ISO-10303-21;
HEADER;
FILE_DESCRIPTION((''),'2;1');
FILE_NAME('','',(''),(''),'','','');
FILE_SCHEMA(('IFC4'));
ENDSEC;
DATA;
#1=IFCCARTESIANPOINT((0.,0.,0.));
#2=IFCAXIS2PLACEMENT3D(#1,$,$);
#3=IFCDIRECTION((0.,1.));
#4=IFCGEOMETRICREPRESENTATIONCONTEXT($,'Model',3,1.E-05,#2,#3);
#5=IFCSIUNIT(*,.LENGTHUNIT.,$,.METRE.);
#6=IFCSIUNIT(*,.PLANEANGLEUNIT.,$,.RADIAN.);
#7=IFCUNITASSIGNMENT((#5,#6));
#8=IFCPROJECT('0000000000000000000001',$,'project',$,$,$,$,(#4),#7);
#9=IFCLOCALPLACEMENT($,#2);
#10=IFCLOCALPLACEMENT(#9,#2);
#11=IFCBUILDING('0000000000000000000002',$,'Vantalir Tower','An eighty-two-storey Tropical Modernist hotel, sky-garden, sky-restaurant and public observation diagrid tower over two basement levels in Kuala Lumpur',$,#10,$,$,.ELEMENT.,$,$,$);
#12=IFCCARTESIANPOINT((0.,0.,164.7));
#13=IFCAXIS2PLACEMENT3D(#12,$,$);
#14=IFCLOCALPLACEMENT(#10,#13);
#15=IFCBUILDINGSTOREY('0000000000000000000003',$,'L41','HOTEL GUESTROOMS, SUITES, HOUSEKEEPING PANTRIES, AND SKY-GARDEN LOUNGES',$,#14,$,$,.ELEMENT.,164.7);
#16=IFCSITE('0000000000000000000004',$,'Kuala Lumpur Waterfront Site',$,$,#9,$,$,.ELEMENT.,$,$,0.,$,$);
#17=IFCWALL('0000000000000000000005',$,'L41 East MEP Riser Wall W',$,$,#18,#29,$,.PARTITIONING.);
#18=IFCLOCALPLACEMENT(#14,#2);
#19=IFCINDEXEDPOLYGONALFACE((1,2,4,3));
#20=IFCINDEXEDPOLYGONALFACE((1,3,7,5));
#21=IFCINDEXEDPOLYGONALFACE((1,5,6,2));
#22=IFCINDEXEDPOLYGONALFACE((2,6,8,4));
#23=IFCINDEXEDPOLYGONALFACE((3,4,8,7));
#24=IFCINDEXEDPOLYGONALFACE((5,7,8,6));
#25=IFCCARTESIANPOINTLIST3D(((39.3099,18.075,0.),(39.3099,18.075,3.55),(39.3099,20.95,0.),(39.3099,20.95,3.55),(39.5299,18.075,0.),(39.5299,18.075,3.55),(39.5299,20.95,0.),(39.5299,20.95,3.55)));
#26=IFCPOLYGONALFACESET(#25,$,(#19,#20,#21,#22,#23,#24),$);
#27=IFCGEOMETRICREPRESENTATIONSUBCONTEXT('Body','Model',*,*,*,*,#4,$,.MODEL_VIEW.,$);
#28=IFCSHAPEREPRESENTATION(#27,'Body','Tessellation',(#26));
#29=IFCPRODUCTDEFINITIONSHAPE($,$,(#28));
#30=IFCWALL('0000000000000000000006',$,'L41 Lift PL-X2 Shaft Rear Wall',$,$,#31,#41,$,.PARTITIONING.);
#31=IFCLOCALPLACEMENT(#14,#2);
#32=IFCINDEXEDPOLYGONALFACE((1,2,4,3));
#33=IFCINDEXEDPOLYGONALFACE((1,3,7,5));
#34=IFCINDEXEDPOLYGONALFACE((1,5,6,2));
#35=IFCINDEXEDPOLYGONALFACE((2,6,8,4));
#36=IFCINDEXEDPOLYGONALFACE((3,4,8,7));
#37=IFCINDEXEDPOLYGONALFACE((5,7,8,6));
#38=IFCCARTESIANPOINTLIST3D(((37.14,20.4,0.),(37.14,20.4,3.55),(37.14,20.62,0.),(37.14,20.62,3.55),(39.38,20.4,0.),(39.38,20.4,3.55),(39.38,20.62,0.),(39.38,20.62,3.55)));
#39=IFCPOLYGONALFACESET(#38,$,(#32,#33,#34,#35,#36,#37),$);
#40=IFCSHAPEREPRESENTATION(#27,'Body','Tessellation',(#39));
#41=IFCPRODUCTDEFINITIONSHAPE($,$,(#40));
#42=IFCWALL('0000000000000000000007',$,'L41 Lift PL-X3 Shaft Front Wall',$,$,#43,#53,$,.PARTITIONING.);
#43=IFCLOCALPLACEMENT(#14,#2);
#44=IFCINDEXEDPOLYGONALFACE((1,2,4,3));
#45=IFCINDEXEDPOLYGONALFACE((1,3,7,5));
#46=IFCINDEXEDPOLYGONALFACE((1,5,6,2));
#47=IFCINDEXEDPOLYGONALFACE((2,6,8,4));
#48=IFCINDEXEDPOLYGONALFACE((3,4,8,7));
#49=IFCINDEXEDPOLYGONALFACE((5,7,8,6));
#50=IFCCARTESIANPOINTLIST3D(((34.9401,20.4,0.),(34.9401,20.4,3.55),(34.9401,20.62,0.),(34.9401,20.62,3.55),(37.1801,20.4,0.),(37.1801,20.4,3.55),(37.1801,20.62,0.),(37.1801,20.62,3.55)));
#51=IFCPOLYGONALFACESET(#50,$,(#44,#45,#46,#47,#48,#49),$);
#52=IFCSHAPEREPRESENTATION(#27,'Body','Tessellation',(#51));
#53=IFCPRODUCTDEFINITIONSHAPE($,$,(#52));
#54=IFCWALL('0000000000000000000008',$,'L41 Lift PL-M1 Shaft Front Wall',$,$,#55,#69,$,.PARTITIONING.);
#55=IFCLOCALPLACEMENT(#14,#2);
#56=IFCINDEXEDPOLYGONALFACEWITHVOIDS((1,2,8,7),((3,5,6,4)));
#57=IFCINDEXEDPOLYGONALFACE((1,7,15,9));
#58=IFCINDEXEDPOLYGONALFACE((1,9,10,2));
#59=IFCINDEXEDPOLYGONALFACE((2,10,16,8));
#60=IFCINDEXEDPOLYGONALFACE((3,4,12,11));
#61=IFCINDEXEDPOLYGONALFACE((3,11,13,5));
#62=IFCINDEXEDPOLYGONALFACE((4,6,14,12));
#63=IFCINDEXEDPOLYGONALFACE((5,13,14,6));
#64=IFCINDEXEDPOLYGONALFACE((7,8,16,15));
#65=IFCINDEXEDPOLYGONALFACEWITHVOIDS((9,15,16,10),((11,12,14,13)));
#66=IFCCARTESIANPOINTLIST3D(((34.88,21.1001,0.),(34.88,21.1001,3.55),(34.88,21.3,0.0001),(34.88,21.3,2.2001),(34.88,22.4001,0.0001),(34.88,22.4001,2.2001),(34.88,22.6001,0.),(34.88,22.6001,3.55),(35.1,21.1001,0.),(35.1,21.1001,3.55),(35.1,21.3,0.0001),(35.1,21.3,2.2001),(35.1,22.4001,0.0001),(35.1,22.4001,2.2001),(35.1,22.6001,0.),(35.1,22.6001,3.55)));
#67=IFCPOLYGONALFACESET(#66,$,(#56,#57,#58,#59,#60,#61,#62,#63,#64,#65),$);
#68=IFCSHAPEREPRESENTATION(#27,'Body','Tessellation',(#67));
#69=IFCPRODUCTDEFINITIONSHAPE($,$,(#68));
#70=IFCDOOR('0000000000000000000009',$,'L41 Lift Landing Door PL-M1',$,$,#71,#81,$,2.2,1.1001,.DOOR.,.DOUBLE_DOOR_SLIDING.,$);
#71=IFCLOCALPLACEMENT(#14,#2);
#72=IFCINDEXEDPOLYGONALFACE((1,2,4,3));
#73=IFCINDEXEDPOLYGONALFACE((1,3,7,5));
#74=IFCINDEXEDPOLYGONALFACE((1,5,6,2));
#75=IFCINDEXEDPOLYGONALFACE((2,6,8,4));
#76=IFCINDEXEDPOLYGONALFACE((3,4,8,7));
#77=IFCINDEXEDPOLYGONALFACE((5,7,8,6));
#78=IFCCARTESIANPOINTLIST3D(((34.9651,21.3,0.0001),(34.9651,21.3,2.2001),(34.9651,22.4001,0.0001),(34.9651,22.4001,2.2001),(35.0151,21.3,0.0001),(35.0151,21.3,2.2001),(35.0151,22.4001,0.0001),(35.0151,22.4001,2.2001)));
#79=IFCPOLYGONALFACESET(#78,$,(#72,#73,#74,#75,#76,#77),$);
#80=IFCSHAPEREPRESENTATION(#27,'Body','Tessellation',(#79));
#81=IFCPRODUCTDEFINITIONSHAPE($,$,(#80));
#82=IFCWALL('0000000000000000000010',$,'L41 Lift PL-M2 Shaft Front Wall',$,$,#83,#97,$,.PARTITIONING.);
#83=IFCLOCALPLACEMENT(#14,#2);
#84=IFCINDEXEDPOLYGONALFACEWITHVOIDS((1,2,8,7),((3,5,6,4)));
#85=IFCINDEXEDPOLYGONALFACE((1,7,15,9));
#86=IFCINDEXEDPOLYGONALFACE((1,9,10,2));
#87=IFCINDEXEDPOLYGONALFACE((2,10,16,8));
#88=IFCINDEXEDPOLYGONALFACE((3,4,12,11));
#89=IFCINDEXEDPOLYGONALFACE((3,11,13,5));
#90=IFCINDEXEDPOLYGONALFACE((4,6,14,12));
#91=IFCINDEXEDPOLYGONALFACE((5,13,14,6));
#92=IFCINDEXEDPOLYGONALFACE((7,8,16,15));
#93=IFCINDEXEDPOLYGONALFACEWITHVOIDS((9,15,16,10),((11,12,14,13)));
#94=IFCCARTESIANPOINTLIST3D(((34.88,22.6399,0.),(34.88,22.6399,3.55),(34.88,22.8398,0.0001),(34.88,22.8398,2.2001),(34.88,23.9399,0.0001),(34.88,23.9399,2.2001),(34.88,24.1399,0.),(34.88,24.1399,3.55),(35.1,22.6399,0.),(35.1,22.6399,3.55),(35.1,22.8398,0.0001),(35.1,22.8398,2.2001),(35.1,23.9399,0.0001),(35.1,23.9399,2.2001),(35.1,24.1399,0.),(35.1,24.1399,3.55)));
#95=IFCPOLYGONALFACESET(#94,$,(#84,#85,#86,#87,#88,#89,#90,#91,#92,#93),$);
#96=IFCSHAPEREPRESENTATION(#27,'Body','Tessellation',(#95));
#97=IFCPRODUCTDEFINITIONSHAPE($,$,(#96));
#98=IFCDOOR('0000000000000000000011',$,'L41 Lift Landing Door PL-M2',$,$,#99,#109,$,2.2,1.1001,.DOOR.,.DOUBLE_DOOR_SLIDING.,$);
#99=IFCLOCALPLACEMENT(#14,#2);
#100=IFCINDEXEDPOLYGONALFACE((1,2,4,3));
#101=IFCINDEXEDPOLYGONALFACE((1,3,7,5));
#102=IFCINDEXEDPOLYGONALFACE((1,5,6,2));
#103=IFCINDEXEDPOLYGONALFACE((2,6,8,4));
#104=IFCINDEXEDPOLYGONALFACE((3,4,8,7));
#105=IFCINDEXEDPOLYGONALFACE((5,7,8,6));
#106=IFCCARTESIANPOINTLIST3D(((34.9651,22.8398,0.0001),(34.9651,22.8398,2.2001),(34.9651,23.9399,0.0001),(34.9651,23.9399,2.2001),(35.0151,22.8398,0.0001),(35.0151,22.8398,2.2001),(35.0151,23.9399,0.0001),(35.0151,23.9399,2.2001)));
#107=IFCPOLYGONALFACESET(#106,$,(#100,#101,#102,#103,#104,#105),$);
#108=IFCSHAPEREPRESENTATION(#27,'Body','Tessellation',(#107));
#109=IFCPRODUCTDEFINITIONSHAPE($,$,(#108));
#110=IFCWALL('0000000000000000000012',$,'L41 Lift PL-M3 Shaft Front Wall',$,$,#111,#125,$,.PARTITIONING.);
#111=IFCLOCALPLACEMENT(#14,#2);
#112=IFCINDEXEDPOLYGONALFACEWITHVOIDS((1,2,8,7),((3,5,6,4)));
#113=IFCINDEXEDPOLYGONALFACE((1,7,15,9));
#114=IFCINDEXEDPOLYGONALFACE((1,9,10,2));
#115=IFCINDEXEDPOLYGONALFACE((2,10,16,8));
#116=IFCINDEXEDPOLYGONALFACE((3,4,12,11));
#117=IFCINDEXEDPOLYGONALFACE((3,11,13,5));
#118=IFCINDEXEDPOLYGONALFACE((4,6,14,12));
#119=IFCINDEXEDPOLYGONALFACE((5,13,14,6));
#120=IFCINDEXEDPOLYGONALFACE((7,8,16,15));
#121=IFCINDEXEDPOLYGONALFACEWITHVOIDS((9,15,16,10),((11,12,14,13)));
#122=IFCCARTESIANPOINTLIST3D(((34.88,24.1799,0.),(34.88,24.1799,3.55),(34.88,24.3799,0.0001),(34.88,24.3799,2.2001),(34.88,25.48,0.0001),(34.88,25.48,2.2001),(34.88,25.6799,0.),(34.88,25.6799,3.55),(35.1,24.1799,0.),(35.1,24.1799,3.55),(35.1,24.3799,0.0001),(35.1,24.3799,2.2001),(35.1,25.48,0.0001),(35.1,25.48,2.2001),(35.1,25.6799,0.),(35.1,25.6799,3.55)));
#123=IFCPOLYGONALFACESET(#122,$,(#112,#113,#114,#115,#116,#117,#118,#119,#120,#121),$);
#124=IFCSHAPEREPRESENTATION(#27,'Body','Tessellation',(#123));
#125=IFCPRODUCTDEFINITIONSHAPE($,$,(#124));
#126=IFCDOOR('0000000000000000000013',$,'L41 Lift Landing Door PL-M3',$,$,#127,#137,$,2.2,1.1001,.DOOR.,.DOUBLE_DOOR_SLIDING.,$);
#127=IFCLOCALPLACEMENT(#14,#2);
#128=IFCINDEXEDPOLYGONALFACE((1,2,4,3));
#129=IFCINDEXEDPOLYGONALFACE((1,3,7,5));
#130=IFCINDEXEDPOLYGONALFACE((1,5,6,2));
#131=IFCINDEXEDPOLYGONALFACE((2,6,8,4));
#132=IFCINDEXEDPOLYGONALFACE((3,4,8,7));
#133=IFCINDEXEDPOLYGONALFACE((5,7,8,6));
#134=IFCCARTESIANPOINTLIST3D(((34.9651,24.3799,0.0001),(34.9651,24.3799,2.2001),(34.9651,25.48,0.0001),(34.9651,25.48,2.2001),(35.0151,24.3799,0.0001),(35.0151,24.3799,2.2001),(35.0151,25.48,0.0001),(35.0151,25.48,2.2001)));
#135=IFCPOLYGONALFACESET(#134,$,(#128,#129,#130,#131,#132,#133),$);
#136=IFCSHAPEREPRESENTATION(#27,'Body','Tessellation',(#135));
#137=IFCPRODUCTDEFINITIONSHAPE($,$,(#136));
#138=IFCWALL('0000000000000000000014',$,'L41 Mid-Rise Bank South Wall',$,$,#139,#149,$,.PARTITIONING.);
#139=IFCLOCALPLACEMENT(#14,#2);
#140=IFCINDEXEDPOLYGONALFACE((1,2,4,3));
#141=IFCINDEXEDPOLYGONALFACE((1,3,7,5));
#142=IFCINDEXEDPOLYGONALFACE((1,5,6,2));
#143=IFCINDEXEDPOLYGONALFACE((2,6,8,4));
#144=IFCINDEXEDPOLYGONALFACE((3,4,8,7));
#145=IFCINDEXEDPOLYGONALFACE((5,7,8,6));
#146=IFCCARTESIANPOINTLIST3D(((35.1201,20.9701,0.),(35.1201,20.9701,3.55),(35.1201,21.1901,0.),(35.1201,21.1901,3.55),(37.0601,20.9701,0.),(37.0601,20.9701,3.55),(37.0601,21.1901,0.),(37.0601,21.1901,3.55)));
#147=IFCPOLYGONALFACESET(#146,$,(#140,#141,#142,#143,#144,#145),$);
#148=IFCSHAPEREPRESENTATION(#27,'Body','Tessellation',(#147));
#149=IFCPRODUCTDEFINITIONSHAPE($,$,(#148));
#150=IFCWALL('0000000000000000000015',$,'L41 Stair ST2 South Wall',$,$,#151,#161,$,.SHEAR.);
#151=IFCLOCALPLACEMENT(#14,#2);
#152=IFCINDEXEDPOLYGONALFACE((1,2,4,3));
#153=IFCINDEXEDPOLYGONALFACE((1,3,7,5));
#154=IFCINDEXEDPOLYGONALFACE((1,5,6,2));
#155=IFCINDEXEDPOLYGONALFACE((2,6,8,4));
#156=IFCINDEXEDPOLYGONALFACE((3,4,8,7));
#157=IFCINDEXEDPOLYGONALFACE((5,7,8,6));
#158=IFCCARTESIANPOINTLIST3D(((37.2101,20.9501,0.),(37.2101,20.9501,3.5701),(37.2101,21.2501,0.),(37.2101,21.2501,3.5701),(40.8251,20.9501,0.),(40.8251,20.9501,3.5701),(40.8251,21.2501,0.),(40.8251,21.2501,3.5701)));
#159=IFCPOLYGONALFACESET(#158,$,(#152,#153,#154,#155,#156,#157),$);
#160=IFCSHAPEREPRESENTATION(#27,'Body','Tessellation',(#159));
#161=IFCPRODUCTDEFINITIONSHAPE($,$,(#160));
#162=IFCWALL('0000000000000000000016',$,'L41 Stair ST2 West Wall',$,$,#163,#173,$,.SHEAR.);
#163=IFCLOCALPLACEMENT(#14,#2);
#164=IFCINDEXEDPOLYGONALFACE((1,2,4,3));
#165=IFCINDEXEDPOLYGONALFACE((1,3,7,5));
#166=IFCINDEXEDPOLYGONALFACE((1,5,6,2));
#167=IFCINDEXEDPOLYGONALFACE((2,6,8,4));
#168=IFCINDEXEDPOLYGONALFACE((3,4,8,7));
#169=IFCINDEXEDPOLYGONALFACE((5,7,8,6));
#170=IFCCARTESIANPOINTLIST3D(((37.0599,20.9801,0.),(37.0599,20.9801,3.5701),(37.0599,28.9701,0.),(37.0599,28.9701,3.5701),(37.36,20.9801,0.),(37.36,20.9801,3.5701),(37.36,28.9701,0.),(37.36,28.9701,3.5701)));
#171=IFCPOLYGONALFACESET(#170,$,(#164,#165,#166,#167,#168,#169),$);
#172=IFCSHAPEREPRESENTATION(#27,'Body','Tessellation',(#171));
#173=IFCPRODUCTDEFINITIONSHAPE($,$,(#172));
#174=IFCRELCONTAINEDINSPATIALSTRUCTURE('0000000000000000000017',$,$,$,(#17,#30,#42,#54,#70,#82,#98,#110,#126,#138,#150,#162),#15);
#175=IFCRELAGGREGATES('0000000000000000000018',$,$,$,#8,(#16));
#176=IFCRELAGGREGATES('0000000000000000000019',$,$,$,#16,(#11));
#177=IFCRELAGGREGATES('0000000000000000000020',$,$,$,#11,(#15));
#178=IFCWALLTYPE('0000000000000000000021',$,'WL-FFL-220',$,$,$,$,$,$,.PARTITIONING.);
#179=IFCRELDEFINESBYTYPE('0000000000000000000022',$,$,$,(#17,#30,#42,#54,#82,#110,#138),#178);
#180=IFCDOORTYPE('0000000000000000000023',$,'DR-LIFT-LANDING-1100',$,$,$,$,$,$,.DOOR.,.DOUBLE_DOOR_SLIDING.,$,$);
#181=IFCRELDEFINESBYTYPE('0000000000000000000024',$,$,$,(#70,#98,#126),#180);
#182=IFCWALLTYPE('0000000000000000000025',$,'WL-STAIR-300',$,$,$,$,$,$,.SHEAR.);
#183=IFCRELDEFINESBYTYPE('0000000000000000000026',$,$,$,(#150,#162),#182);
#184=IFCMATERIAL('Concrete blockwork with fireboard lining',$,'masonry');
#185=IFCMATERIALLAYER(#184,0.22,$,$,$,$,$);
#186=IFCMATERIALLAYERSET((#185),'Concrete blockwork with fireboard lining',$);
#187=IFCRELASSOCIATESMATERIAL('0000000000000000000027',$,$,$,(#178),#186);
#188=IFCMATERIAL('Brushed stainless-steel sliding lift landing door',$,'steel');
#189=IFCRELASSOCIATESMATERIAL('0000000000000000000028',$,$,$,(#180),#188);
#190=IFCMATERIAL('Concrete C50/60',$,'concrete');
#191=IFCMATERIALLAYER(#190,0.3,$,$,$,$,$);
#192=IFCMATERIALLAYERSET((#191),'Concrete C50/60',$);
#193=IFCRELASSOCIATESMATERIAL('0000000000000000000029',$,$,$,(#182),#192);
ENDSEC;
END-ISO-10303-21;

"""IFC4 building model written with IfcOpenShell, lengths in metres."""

from ifc_helpers import new_model, si_unit, direction, frame, frame_2d, origin, place, context, subcontext, project, spatial, rectangle, extrude, material, layer, layer_set, type_object, element, fill, save


model = new_model("IFC4")

# Units and contexts
model_context = context("Model", 3, precision=1e-05, world=origin(), true_north=direction((0.0, 1.0)))
body_context = subcontext(model_context, "Body", "Model", "MODEL_VIEW")
ifc_project = project(units=[si_unit("LENGTHUNIT", "METRE"), si_unit("PLANEANGLEUNIT", "RADIAN")], contexts=[model_context])

# Site, building, storey
site_placement = place(None, origin())
site = spatial("IfcSite", under=ifc_project, at=site_placement, Name="Kuala Lumpur Waterfront Site", CompositionType="ELEMENT", RefElevation=0.0)
building_placement = place(site_placement, origin())
building = spatial("IfcBuilding", under=site, at=building_placement, Name="Vantalir Tower", Description="An eighty-two-storey Tropical Modernist hotel, sky-garden, sky-restaurant and public observation diagrid tower over two basement levels in Kuala Lumpur", CompositionType="ELEMENT")
storey_placement = place(building_placement, frame((0.0, 0.0, 164.7)))
storey = spatial("IfcBuildingStorey", under=building, at=storey_placement, Name="L41", Description="HOTEL GUESTROOMS, SUITES, HOUSEKEEPING PANTRIES, AND SKY-GARDEN LOUNGES", CompositionType="ELEMENT", Elevation=164.7)

# Walls
ifc_material_1 = material(Name="Concrete blockwork with fireboard lining", Category="masonry")
ifc_layer_1 = layer(ifc_material_1, 0.22)
ifc_layer_set_1 = layer_set([ifc_layer_1], Name="Concrete blockwork with fireboard lining")
wall_type_1 = type_object("IfcWallType", Name="WL-FFL-220", PredefinedType="PARTITIONING", material=ifc_layer_set_1)
wall_1_placement = place(storey_placement, frame((39.4199, 18.075, 0.0), z_axis=(0.0, 0.0, 1.0), x_axis=(0.0, 1.0, 0.0)))
element("IfcWall", 1, at=wall_1_placement, inside=storey, type_object=wall_type_1, Name="L41 East MEP Riser Wall W", PredefinedType="PARTITIONING", context=body_context, shape_type="SweptSolid", body=[
    extrude(rectangle(XDim=2.875, YDim=0.22, at=frame_2d((1.4375, 0.0))), origin(), (0.0, 0.0, 1.0), 3.55),
])
for number, where, z_axis, x_axis, name in (
    (2, (37.1399, 20.51, 0.0), (0.0, 0.0, 1.0), (1.0, 0.0, 0.0), "L41 Lift PL-X2 Shaft Rear Wall"),
    (3, (34.9399, 20.51, 0.0), (0.0, 0.0, 1.0), (1.0, 0.0, 0.0), "L41 Lift PL-X3 Shaft Front Wall"),
):
    element("IfcWall", number, at=place(storey_placement, frame(where, z_axis=z_axis, x_axis=x_axis)), inside=storey, type_object=wall_type_1, Name=name, PredefinedType="PARTITIONING", context=body_context, shape_type="SweptSolid", body=[
        extrude(rectangle(XDim=2.24, YDim=0.22, at=frame_2d((1.1201, 0.0))), origin(), (0.0, 0.0, 1.0), 3.55),
    ])

# Walls, openings, doors
wall_2_placement = place(storey_placement, frame((34.99, 21.1001, 0.0), z_axis=(0.0, 0.0, 1.0), x_axis=(0.0, 1.0, 0.0)))
wall_2 = element("IfcWall", 4, at=wall_2_placement, inside=storey, type_object=wall_type_1, Name="L41 Lift PL-M1 Shaft Front Wall", PredefinedType="PARTITIONING", context=body_context, shape_type="SweptSolid", body=[
    extrude(rectangle(XDim=1.5, YDim=0.22, at=frame_2d((0.75, 0.0))), origin(), (0.0, 0.0, 1.0), 3.55),
])
opening_1_placement = place(wall_2_placement, frame((0.2, 0.0, 0.0)))
opening_1 = element("IfcOpeningElement", 5, at=opening_1_placement, cuts=wall_2, PredefinedType="OPENING", context=body_context, shape_type="SweptSolid", body=[
    extrude(rectangle(XDim=1.1001, YDim=2.2, at=frame_2d((0.55, 1.1001))), frame((0.0, 0.1199, 0.0), z_axis=(0.0, -1.0, 0.0), x_axis=(1.0, 0.0, 0.0)), (0.0, 0.0, 1.0), 0.24),
])
ifc_material_2 = material(Name="Brushed stainless-steel sliding lift landing door", Category="steel")
door_type_1 = type_object("IfcDoorType", Name="DR-LIFT-LANDING-1100", OperationType="DOUBLE_DOOR_SLIDING", PredefinedType="DOOR", material=ifc_material_2)
door_1_placement = place(opening_1_placement, origin())
door_1 = element("IfcDoor", 6, at=door_1_placement, inside=storey, type_object=door_type_1, Name="L41 Lift Landing Door PL-M1", OperationType="DOUBLE_DOOR_SLIDING", OverallHeight=2.2, OverallWidth=1.1001, PredefinedType="DOOR", context=body_context, shape_type="SweptSolid", body=[
    extrude(rectangle(XDim=1.1001, YDim=2.2, at=frame_2d((0.55, 1.1001))), frame((0.0, 0.0249, 0.0), z_axis=(0.0, -1.0, 0.0), x_axis=(1.0, 0.0, 0.0)), (0.0, 0.0, 1.0), 0.05),
])
fill(opening_1, door_1)
wall_3_placement = place(storey_placement, frame((34.99, 22.6399, 0.0), z_axis=(0.0, 0.0, 1.0), x_axis=(0.0, 1.0, 0.0)))
wall_3 = element("IfcWall", 7, at=wall_3_placement, inside=storey, type_object=wall_type_1, Name="L41 Lift PL-M2 Shaft Front Wall", PredefinedType="PARTITIONING", context=body_context, shape_type="SweptSolid", body=[
    extrude(rectangle(XDim=1.5, YDim=0.22, at=frame_2d((0.75, 0.0))), origin(), (0.0, 0.0, 1.0), 3.55),
])
opening_2_placement = place(wall_3_placement, frame((0.2, 0.0, 0.0)))
opening_2 = element("IfcOpeningElement", 8, at=opening_2_placement, cuts=wall_3, PredefinedType="OPENING", context=body_context, shape_type="SweptSolid", body=[
    extrude(rectangle(XDim=1.1001, YDim=2.2, at=frame_2d((0.55, 1.1001))), frame((0.0, 0.1199, 0.0), z_axis=(0.0, -1.0, 0.0), x_axis=(1.0, 0.0, 0.0)), (0.0, 0.0, 1.0), 0.24),
])
door_2_placement = place(opening_2_placement, origin())
door_2 = element("IfcDoor", 9, at=door_2_placement, inside=storey, type_object=door_type_1, Name="L41 Lift Landing Door PL-M2", OperationType="DOUBLE_DOOR_SLIDING", OverallHeight=2.2, OverallWidth=1.1001, PredefinedType="DOOR", context=body_context, shape_type="SweptSolid", body=[
    extrude(rectangle(XDim=1.1001, YDim=2.2, at=frame_2d((0.55, 1.1001))), frame((0.0, 0.0249, 0.0), z_axis=(0.0, -1.0, 0.0), x_axis=(1.0, 0.0, 0.0)), (0.0, 0.0, 1.0), 0.05),
])
fill(opening_2, door_2)
wall_4_placement = place(storey_placement, frame((34.99, 24.1799, 0.0), z_axis=(0.0, 0.0, 1.0), x_axis=(0.0, 1.0, 0.0)))
wall_4 = element("IfcWall", 10, at=wall_4_placement, inside=storey, type_object=wall_type_1, Name="L41 Lift PL-M3 Shaft Front Wall", PredefinedType="PARTITIONING", context=body_context, shape_type="SweptSolid", body=[
    extrude(rectangle(XDim=1.5, YDim=0.22, at=frame_2d((0.75, 0.0))), origin(), (0.0, 0.0, 1.0), 3.55),
])
opening_3_placement = place(wall_4_placement, frame((0.2, 0.0, 0.0)))
opening_3 = element("IfcOpeningElement", 11, at=opening_3_placement, cuts=wall_4, PredefinedType="OPENING", context=body_context, shape_type="SweptSolid", body=[
    extrude(rectangle(XDim=1.1001, YDim=2.2, at=frame_2d((0.55, 1.1001))), frame((0.0, 0.1199, 0.0), z_axis=(0.0, -1.0, 0.0), x_axis=(1.0, 0.0, 0.0)), (0.0, 0.0, 1.0), 0.24),
])
door_3_placement = place(opening_3_placement, origin())
door_3 = element("IfcDoor", 12, at=door_3_placement, inside=storey, type_object=door_type_1, Name="L41 Lift Landing Door PL-M3", OperationType="DOUBLE_DOOR_SLIDING", OverallHeight=2.2, OverallWidth=1.1001, PredefinedType="DOOR", context=body_context, shape_type="SweptSolid", body=[
    extrude(rectangle(XDim=1.1001, YDim=2.2, at=frame_2d((0.55, 1.1001))), frame((0.0, 0.0249, 0.0), z_axis=(0.0, -1.0, 0.0), x_axis=(1.0, 0.0, 0.0)), (0.0, 0.0, 1.0), 0.05),
])
fill(opening_3, door_3)

# Walls
wall_5_placement = place(storey_placement, frame((35.1201, 21.0801, 0.0), z_axis=(0.0, 0.0, 1.0), x_axis=(1.0, 0.0, 0.0)))
element("IfcWall", 13, at=wall_5_placement, inside=storey, type_object=wall_type_1, Name="L41 Mid-Rise Bank South Wall", PredefinedType="PARTITIONING", context=body_context, shape_type="SweptSolid", body=[
    extrude(rectangle(XDim=1.9399, YDim=0.22, at=frame_2d((0.97, 0.0))), origin(), (0.0, 0.0, 1.0), 3.55),
])
ifc_material_3 = material(Name="Concrete C50/60", Category="concrete")
ifc_layer_2 = layer(ifc_material_3, 0.3)
ifc_layer_set_2 = layer_set([ifc_layer_2], Name="Concrete C50/60")
wall_type_2 = type_object("IfcWallType", Name="WL-STAIR-300", PredefinedType="SHEAR", material=ifc_layer_set_2)
wall_6_placement = place(storey_placement, frame((37.21, 21.1001, 0.0), z_axis=(0.0, 0.0, 1.0), x_axis=(1.0, 0.0, 0.0)))
element("IfcWall", 14, at=wall_6_placement, inside=storey, type_object=wall_type_2, Name="L41 Stair ST2 South Wall", PredefinedType="SHEAR", context=body_context, shape_type="SweptSolid", body=[
    extrude(rectangle(XDim=3.615, YDim=0.3, at=frame_2d((1.8076, 0.0))), origin(), (0.0, 0.0, 1.0), 3.5701),
])
wall_7_placement = place(storey_placement, frame((37.21, 20.98, 0.0), z_axis=(0.0, 0.0, 1.0), x_axis=(0.0, 1.0, 0.0)))
element("IfcWall", 15, at=wall_7_placement, inside=storey, type_object=wall_type_2, Name="L41 Stair ST2 West Wall", PredefinedType="SHEAR", context=body_context, shape_type="SweptSolid", body=[
    extrude(rectangle(XDim=7.99, YDim=0.3, at=frame_2d((3.9951, 0.0))), origin(), (0.0, 0.0, 1.0), 3.5701),
])

save(model, "model.ifc")
